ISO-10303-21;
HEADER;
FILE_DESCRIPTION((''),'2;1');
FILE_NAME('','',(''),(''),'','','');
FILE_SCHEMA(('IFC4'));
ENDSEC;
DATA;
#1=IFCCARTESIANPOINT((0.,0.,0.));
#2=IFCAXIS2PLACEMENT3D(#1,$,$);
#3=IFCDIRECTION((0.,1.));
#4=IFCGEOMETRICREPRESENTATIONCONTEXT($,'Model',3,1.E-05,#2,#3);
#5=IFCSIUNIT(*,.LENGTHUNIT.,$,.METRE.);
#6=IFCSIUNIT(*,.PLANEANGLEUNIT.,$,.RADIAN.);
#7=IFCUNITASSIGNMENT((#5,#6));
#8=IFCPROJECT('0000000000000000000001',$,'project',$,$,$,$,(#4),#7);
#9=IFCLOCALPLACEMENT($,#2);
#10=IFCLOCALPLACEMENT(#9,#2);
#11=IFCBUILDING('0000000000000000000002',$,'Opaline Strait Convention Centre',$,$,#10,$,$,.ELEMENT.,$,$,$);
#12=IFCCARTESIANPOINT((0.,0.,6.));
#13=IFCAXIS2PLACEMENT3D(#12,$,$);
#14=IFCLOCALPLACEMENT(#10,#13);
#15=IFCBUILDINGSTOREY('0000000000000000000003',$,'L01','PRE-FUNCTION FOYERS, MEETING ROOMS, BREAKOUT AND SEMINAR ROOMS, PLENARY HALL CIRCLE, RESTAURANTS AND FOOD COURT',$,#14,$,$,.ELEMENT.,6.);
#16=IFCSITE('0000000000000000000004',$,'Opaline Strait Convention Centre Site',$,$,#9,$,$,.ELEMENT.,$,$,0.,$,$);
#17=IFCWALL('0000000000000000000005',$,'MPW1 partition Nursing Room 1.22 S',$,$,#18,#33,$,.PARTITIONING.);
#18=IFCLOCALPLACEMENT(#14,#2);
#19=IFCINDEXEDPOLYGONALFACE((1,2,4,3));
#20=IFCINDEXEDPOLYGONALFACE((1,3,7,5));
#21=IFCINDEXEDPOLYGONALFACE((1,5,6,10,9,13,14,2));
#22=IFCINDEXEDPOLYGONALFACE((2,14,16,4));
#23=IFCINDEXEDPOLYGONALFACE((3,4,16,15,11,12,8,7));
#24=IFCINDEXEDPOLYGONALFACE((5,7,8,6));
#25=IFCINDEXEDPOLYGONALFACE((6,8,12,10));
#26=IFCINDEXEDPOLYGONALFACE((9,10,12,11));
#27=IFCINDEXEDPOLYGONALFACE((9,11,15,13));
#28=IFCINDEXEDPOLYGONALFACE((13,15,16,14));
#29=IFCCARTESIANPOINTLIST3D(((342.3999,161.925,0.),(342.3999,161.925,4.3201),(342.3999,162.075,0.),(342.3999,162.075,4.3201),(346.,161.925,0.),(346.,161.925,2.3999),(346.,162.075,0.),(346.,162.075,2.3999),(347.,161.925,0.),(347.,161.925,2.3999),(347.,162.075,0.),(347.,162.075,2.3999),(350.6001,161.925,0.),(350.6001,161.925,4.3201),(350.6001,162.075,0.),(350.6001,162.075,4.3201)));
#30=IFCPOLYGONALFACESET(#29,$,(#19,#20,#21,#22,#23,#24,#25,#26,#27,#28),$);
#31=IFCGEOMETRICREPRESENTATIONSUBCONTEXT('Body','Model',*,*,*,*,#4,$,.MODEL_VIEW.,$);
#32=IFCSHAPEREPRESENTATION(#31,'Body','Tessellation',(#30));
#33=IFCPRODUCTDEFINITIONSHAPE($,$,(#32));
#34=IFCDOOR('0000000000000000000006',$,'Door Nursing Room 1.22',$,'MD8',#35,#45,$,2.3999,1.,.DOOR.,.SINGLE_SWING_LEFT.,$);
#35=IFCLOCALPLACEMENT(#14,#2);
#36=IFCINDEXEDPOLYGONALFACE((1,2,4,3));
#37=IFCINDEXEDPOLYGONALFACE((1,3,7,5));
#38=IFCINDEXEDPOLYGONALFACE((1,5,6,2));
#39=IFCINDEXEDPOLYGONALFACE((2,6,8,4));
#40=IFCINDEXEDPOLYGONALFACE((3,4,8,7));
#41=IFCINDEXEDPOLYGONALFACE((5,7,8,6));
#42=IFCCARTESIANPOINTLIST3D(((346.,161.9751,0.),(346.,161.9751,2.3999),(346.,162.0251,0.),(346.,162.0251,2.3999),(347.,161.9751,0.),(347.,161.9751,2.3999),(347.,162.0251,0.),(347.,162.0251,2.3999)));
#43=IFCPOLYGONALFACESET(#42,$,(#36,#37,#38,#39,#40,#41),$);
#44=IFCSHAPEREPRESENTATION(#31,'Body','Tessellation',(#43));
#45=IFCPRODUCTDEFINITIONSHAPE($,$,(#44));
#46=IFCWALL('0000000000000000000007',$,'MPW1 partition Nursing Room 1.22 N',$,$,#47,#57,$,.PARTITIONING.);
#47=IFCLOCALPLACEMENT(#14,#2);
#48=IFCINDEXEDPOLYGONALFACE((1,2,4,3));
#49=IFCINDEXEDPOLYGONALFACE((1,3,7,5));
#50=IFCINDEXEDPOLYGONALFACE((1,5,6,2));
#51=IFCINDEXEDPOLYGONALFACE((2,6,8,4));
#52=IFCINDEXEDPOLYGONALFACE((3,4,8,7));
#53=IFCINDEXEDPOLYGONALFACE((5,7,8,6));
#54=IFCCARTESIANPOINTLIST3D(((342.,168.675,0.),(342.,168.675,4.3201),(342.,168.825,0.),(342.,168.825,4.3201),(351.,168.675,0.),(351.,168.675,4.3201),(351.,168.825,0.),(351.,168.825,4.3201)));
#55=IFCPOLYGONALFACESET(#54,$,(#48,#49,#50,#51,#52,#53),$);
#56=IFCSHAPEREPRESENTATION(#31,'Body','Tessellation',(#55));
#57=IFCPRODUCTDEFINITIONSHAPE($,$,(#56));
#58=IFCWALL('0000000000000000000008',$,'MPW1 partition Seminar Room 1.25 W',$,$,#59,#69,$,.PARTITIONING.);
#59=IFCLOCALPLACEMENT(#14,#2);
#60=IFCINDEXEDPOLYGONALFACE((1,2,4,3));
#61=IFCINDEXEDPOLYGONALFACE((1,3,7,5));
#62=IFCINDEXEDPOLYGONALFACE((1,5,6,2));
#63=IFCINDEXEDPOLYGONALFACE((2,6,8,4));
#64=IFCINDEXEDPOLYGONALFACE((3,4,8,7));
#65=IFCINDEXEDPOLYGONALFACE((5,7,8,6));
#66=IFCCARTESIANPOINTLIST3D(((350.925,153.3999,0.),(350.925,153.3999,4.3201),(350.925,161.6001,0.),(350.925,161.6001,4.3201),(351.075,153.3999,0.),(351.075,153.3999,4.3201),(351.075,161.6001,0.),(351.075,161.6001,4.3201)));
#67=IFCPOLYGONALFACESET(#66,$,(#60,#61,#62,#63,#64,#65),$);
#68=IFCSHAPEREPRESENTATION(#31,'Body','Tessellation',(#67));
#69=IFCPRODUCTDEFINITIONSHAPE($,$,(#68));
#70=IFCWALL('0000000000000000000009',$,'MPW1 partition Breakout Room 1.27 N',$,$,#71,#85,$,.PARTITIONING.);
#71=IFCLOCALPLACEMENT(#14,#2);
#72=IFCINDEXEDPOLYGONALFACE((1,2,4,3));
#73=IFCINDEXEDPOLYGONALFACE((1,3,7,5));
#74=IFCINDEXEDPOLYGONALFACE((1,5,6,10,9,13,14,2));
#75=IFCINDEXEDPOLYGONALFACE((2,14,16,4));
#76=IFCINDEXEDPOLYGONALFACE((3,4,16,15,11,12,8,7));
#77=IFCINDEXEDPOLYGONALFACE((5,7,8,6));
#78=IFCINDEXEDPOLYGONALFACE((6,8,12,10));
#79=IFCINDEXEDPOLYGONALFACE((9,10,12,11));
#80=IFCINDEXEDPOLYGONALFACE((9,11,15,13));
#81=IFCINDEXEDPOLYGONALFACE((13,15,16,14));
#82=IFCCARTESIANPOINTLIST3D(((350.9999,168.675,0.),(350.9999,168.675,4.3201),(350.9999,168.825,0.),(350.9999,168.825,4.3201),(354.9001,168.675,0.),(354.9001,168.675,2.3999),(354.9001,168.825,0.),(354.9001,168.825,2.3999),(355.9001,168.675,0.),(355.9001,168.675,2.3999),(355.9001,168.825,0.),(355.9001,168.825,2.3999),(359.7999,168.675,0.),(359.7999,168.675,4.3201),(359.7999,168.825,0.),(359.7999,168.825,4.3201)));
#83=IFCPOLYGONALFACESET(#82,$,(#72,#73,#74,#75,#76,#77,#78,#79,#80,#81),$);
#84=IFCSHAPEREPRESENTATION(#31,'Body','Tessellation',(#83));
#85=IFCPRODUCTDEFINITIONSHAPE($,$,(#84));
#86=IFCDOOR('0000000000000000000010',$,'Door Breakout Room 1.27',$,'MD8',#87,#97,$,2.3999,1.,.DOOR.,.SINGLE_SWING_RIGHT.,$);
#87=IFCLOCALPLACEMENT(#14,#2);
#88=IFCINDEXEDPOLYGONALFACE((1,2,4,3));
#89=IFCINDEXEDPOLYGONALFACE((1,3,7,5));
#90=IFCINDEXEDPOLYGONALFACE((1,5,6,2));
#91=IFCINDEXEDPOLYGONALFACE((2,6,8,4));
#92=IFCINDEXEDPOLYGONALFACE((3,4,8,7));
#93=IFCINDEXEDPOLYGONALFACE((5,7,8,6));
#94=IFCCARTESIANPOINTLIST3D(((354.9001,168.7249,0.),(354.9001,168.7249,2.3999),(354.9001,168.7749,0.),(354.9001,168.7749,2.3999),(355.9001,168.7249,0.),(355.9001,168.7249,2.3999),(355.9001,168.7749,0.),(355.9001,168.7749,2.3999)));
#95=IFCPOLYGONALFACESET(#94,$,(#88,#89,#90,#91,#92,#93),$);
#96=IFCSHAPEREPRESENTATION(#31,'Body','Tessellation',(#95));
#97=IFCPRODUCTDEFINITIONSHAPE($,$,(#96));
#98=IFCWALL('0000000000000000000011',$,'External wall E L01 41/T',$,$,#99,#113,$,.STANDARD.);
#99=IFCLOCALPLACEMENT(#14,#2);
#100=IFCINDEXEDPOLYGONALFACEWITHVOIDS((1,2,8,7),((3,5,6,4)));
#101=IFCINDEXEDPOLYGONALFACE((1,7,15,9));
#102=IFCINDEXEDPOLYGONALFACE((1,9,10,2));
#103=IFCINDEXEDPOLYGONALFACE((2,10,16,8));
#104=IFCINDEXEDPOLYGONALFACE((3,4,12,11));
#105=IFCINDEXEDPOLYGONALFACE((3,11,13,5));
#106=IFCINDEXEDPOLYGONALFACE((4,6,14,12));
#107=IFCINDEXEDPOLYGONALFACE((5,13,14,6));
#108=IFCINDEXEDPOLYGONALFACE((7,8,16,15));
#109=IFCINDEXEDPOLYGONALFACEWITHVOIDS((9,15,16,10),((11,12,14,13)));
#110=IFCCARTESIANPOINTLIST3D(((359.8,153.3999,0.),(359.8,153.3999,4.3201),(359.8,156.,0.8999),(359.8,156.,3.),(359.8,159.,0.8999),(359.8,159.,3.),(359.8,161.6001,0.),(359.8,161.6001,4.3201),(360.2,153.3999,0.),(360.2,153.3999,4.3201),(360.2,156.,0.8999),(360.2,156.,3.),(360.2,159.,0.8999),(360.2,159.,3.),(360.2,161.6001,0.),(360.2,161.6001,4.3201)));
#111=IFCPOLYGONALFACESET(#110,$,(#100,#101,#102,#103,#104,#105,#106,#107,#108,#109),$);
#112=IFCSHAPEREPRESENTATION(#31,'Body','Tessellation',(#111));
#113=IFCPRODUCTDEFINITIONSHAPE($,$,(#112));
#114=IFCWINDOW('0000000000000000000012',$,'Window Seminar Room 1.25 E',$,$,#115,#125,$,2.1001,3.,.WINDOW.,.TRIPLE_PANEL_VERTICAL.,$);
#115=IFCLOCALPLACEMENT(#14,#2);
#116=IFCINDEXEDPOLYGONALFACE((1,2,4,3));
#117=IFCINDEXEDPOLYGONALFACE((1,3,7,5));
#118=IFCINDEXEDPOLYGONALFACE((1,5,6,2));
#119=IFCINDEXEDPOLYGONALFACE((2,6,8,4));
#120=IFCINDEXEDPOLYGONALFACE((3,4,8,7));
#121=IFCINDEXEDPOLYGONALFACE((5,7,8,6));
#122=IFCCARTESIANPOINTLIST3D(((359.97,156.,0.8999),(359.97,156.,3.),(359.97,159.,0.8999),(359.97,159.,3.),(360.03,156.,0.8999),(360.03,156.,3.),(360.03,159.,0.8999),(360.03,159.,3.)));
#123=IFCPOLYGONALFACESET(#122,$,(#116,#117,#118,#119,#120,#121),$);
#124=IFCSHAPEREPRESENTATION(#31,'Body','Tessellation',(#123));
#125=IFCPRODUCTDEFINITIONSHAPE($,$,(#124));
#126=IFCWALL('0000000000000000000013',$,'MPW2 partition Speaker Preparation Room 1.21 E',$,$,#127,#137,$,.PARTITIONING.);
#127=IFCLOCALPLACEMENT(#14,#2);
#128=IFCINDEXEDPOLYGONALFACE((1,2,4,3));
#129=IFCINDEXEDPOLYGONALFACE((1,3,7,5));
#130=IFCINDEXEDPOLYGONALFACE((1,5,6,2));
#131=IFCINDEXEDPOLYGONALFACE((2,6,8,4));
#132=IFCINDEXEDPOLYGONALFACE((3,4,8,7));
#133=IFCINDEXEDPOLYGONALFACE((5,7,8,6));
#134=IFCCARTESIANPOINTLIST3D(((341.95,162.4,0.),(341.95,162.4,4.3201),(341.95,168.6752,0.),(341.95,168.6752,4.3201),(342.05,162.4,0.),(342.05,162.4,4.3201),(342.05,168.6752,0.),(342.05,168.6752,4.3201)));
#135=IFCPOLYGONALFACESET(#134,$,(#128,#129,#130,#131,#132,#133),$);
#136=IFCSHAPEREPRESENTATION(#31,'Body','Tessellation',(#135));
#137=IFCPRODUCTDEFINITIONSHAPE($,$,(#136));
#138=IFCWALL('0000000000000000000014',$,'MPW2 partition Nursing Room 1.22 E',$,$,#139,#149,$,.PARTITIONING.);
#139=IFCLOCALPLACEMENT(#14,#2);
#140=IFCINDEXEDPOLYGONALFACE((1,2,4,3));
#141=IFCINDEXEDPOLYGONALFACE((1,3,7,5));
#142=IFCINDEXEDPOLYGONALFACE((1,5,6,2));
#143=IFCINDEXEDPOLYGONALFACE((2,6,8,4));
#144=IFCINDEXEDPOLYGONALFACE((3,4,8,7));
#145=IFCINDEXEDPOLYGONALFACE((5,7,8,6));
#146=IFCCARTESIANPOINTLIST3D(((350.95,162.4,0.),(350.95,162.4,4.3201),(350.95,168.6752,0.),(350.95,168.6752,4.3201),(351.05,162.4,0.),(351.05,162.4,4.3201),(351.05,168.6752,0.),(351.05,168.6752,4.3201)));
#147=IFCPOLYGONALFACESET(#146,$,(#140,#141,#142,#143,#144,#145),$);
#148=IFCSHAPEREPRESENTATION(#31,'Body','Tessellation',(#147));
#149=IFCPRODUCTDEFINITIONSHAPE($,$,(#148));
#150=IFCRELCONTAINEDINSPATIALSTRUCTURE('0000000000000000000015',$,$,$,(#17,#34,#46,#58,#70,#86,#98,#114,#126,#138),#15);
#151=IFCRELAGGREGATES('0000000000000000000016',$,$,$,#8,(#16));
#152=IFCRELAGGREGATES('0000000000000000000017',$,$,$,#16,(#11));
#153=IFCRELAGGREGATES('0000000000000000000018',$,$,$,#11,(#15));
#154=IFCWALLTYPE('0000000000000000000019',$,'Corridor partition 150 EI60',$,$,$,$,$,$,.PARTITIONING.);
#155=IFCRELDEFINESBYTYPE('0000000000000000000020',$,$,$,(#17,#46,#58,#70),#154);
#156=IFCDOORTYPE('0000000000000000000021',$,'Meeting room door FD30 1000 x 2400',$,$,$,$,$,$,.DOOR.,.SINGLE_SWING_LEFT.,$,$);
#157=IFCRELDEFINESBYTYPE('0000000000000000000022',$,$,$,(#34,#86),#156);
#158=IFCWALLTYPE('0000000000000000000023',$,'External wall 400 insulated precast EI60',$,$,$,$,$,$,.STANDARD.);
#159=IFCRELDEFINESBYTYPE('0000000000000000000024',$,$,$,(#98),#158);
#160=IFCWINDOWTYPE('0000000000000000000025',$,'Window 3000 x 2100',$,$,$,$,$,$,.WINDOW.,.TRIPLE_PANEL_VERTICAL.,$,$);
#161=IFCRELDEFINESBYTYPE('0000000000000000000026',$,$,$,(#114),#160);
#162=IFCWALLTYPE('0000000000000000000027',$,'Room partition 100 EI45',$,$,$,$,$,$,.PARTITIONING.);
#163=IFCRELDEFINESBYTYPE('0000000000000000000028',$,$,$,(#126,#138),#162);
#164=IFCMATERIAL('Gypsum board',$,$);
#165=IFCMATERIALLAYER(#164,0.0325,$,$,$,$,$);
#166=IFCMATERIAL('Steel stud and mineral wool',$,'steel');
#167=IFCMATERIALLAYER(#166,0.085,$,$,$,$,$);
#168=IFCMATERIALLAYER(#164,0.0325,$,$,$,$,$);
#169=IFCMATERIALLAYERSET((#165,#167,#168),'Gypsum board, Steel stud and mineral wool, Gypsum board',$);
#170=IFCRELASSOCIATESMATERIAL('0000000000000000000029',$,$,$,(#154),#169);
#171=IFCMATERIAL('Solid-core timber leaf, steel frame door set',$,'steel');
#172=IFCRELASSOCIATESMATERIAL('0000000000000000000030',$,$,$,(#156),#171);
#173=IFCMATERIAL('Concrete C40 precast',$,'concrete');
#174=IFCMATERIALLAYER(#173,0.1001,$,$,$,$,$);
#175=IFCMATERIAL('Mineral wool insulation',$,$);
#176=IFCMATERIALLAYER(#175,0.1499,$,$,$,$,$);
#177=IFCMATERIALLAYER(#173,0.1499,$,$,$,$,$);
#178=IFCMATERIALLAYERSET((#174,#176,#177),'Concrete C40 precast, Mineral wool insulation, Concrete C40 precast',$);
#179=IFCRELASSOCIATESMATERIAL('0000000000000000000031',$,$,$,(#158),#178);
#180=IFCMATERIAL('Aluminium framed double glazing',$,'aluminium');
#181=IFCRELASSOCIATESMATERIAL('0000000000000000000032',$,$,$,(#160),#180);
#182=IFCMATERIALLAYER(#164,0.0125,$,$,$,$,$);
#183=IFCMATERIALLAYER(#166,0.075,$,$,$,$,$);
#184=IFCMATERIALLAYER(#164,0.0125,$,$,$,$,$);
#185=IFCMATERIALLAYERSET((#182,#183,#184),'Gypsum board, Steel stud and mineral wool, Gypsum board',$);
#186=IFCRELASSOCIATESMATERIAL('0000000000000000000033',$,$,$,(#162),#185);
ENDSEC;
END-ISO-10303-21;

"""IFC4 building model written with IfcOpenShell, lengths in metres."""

from ifc_helpers import new_model, si_unit, direction, frame, frame_2d, origin, place, context, subcontext, project, spatial, rectangle, extrude, material, layer, layer_set, type_object, element, fill, save


model = new_model("IFC4")

# Units and contexts
model_context = context("Model", 3, precision=1e-05, world=origin(), true_north=direction((0.0, 1.0)))
body_context = subcontext(model_context, "Body", "Model", "MODEL_VIEW")
ifc_project = project(units=[si_unit("LENGTHUNIT", "METRE"), si_unit("PLANEANGLEUNIT", "RADIAN")], contexts=[model_context])

# Site, building, storey
site_placement = place(None, origin())
site = spatial("IfcSite", under=ifc_project, at=site_placement, Name="Opaline Strait Convention Centre Site", CompositionType="ELEMENT", RefElevation=0.0)
building_placement = place(site_placement, origin())
building = spatial("IfcBuilding", under=site, at=building_placement, Name="Opaline Strait Convention Centre", CompositionType="ELEMENT")
storey_placement = place(building_placement, frame((0.0, 0.0, 6.0)))
storey = spatial("IfcBuildingStorey", under=building, at=storey_placement, Name="L01", Description="PRE-FUNCTION FOYERS, MEETING ROOMS, BREAKOUT AND SEMINAR ROOMS, PLENARY HALL CIRCLE, RESTAURANTS AND FOOD COURT", CompositionType="ELEMENT", Elevation=6.0)

# Shared definitions
ifc_material_1 = material(Name="Gypsum board")
ifc_material_2 = material(Name="Steel stud and mineral wool", Category="steel")

# Wall, opening, door
ifc_layer_1 = layer(ifc_material_1, 0.0325)
ifc_layer_2 = layer(ifc_material_2, 0.085)
ifc_layer_3 = layer(ifc_material_1, 0.0325)
ifc_layer_set_1 = layer_set([ifc_layer_1, ifc_layer_2, ifc_layer_3], Name="Gypsum board, Steel stud and mineral wool, Gypsum board")
wall_type_1 = type_object("IfcWallType", Name="Corridor partition 150 EI60", PredefinedType="PARTITIONING", material=ifc_layer_set_1)
wall_1_placement = place(storey_placement, frame((342.3999, 162.0, 0.0), z_axis=(0.0, 0.0, 1.0), x_axis=(1.0, 0.0, 0.0)))
wall_1 = element("IfcWall", 1, at=wall_1_placement, inside=storey, type_object=wall_type_1, Name="MPW1 partition Nursing Room 1.22 S", PredefinedType="PARTITIONING", context=body_context, shape_type="SweptSolid", body=[
    extrude(rectangle(XDim=8.2002, YDim=0.1499, at=frame_2d((4.1001, 0.0))), origin(), (0.0, 0.0, 1.0), 4.3201),
])
opening_1_placement = place(wall_1_placement, frame((3.6001, 0.0, 0.0)))
opening_1 = element("IfcOpeningElement", 2, at=opening_1_placement, cuts=wall_1, PredefinedType="OPENING", context=body_context, shape_type="SweptSolid", body=[
    extrude(rectangle(XDim=1.0, YDim=2.3999, at=frame_2d((0.5, 1.2))), frame((0.0, 0.085, 0.0), z_axis=(0.0, -1.0, 0.0), x_axis=(1.0, 0.0, 0.0)), (0.0, 0.0, 1.0), 0.1699),
])
ifc_material_3 = material(Name="Solid-core timber leaf, steel frame door set", Category="steel")
door_type = type_object("IfcDoorType", Name="Meeting room door FD30 1000 x 2400", OperationType="SINGLE_SWING_LEFT", PredefinedType="DOOR", material=ifc_material_3)
door_1_placement = place(opening_1_placement, frame((1.0, 0.0, 0.0), z_axis=(0.0, 0.0, 1.0), x_axis=(-1.0, 0.0, 0.0)))
door_1 = element("IfcDoor", 3, at=door_1_placement, inside=storey, type_object=door_type, Name="Door Nursing Room 1.22", ObjectType="MD8", OperationType="SINGLE_SWING_LEFT", OverallHeight=2.3999, OverallWidth=1.0, PredefinedType="DOOR", context=body_context, shape_type="SweptSolid", body=[
    extrude(rectangle(XDim=1.0, YDim=2.3999, at=frame_2d((0.5, 1.2))), frame((0.0, 0.0249, 0.0), z_axis=(0.0, -1.0, 0.0), x_axis=(1.0, 0.0, 0.0)), (0.0, 0.0, 1.0), 0.05),
])
fill(opening_1, door_1)

# Walls
wall_2_placement = place(storey_placement, frame((342.0, 168.75, 0.0), z_axis=(0.0, 0.0, 1.0), x_axis=(1.0, 0.0, 0.0)))
element("IfcWall", 4, at=wall_2_placement, inside=storey, type_object=wall_type_1, Name="MPW1 partition Nursing Room 1.22 N", PredefinedType="PARTITIONING", context=body_context, shape_type="SweptSolid", body=[
    extrude(rectangle(XDim=9.0, YDim=0.1499, at=frame_2d((4.5, 0.0))), origin(), (0.0, 0.0, 1.0), 4.3201),
])
wall_3_placement = place(storey_placement, frame((351.0, 153.3999, 0.0), z_axis=(0.0, 0.0, 1.0), x_axis=(0.0, 1.0, 0.0)))
element("IfcWall", 5, at=wall_3_placement, inside=storey, type_object=wall_type_1, Name="MPW1 partition Seminar Room 1.25 W", PredefinedType="PARTITIONING", context=body_context, shape_type="SweptSolid", body=[
    extrude(rectangle(XDim=8.2002, YDim=0.1499, at=frame_2d((4.1001, 0.0))), origin(), (0.0, 0.0, 1.0), 4.3201),
])

# Wall, opening, door
wall_4_placement = place(storey_placement, frame((351.0, 168.75, 0.0), z_axis=(0.0, 0.0, 1.0), x_axis=(1.0, 0.0, 0.0)))
wall_4 = element("IfcWall", 6, at=wall_4_placement, inside=storey, type_object=wall_type_1, Name="MPW1 partition Breakout Room 1.27 N", PredefinedType="PARTITIONING", context=body_context, shape_type="SweptSolid", body=[
    extrude(rectangle(XDim=8.8, YDim=0.1499, at=frame_2d((4.3999, 0.0))), origin(), (0.0, 0.0, 1.0), 4.3201),
])
opening_2_placement = place(wall_4_placement, frame((3.9001, 0.0, 0.0)))
opening_2 = element("IfcOpeningElement", 7, at=opening_2_placement, cuts=wall_4, PredefinedType="OPENING", context=body_context, shape_type="SweptSolid", body=[
    extrude(rectangle(XDim=1.0, YDim=2.3999, at=frame_2d((0.5, 1.2))), frame((0.0, 0.085, 0.0), z_axis=(0.0, -1.0, 0.0), x_axis=(1.0, 0.0, 0.0)), (0.0, 0.0, 1.0), 0.1699),
])
door_2_placement = place(opening_2_placement, origin())
door_2 = element("IfcDoor", 8, at=door_2_placement, inside=storey, type_object=door_type, Name="Door Breakout Room 1.27", ObjectType="MD8", OperationType="SINGLE_SWING_RIGHT", OverallHeight=2.3999, OverallWidth=1.0, PredefinedType="DOOR", context=body_context, shape_type="SweptSolid", body=[
    extrude(rectangle(XDim=1.0, YDim=2.3999, at=frame_2d((0.5, 1.2))), frame((0.0, 0.0249, 0.0), z_axis=(0.0, -1.0, 0.0), x_axis=(1.0, 0.0, 0.0)), (0.0, 0.0, 1.0), 0.05),
])
fill(opening_2, door_2)

# Wall, opening, window
ifc_material_4 = material(Name="Concrete C40 precast", Category="concrete")
ifc_layer_4 = layer(ifc_material_4, 0.1001)
ifc_material_5 = material(Name="Mineral wool insulation")
ifc_layer_5 = layer(ifc_material_5, 0.1499)
ifc_layer_6 = layer(ifc_material_4, 0.1499)
ifc_layer_set_2 = layer_set([ifc_layer_4, ifc_layer_5, ifc_layer_6], Name="Concrete C40 precast, Mineral wool insulation, Concrete C40 precast")
wall_type_2 = type_object("IfcWallType", Name="External wall 400 insulated precast EI60", PredefinedType="STANDARD", material=ifc_layer_set_2)
wall_5_placement = place(storey_placement, frame((360.0, 153.3999, 0.0), z_axis=(0.0, 0.0, 1.0), x_axis=(0.0, 1.0, 0.0)))
wall_5 = element("IfcWall", 9, at=wall_5_placement, inside=storey, type_object=wall_type_2, Name="External wall E L01 41/T", PredefinedType="STANDARD", context=body_context, shape_type="SweptSolid", body=[
    extrude(rectangle(XDim=8.2002, YDim=0.3999, at=frame_2d((4.1001, 0.0))), origin(), (0.0, 0.0, 1.0), 4.3201),
])
opening_3_placement = place(wall_5_placement, frame((2.6001, 0.0, 0.8999)))
opening_3 = element("IfcOpeningElement", 10, at=opening_3_placement, cuts=wall_5, PredefinedType="OPENING", context=body_context, shape_type="SweptSolid", body=[
    extrude(rectangle(XDim=3.0, YDim=2.1001, at=frame_2d((1.5, 1.05))), frame((0.0, 0.21, 0.0), z_axis=(0.0, -1.0, 0.0), x_axis=(1.0, 0.0, 0.0)), (0.0, 0.0, 1.0), 0.4199),
])
ifc_material_6 = material(Name="Aluminium framed double glazing", Category="aluminium")
window_type = type_object("IfcWindowType", Name="Window 3000 x 2100", PartitioningType="TRIPLE_PANEL_VERTICAL", PredefinedType="WINDOW", material=ifc_material_6)
window_placement = place(opening_3_placement, origin())
window = element("IfcWindow", 11, at=window_placement, inside=storey, type_object=window_type, Name="Window Seminar Room 1.25 E", OverallHeight=2.1001, OverallWidth=3.0, PartitioningType="TRIPLE_PANEL_VERTICAL", PredefinedType="WINDOW", context=body_context, shape_type="SweptSolid", body=[
    extrude(rectangle(XDim=3.0, YDim=2.1001, at=frame_2d((1.5, 1.05))), frame((0.0, 0.03, 0.0), z_axis=(0.0, -1.0, 0.0), x_axis=(1.0, 0.0, 0.0)), (0.0, 0.0, 1.0), 0.0601),
])
fill(opening_3, window)

# Walls
ifc_layer_7 = layer(ifc_material_1, 0.0125)
ifc_layer_8 = layer(ifc_material_2, 0.075)
ifc_layer_9 = layer(ifc_material_1, 0.0125)
ifc_layer_set_3 = layer_set([ifc_layer_7, ifc_layer_8, ifc_layer_9], Name="Gypsum board, Steel stud and mineral wool, Gypsum board")
wall_type_3 = type_object("IfcWallType", Name="Room partition 100 EI45", PredefinedType="PARTITIONING", material=ifc_layer_set_3)
for number, where, z_axis, x_axis, name in (
    (12, (342.0, 162.3999, 0.0), (0.0, 0.0, 1.0), (0.0, 1.0, 0.0), "MPW2 partition Speaker Preparation Room 1.21 E"),
    (13, (351.0, 162.3999, 0.0), (0.0, 0.0, 1.0), (0.0, 1.0, 0.0), "MPW2 partition Nursing Room 1.22 E"),
):
    element("IfcWall", number, at=place(storey_placement, frame(where, z_axis=z_axis, x_axis=x_axis)), inside=storey, type_object=wall_type_3, Name=name, PredefinedType="PARTITIONING", context=body_context, shape_type="SweptSolid", body=[
        extrude(rectangle(XDim=6.2751, YDim=0.1001, at=frame_2d((3.1377, 0.0))), origin(), (0.0, 0.0, 1.0), 4.3201),
    ])

save(model, "model.ifc")
